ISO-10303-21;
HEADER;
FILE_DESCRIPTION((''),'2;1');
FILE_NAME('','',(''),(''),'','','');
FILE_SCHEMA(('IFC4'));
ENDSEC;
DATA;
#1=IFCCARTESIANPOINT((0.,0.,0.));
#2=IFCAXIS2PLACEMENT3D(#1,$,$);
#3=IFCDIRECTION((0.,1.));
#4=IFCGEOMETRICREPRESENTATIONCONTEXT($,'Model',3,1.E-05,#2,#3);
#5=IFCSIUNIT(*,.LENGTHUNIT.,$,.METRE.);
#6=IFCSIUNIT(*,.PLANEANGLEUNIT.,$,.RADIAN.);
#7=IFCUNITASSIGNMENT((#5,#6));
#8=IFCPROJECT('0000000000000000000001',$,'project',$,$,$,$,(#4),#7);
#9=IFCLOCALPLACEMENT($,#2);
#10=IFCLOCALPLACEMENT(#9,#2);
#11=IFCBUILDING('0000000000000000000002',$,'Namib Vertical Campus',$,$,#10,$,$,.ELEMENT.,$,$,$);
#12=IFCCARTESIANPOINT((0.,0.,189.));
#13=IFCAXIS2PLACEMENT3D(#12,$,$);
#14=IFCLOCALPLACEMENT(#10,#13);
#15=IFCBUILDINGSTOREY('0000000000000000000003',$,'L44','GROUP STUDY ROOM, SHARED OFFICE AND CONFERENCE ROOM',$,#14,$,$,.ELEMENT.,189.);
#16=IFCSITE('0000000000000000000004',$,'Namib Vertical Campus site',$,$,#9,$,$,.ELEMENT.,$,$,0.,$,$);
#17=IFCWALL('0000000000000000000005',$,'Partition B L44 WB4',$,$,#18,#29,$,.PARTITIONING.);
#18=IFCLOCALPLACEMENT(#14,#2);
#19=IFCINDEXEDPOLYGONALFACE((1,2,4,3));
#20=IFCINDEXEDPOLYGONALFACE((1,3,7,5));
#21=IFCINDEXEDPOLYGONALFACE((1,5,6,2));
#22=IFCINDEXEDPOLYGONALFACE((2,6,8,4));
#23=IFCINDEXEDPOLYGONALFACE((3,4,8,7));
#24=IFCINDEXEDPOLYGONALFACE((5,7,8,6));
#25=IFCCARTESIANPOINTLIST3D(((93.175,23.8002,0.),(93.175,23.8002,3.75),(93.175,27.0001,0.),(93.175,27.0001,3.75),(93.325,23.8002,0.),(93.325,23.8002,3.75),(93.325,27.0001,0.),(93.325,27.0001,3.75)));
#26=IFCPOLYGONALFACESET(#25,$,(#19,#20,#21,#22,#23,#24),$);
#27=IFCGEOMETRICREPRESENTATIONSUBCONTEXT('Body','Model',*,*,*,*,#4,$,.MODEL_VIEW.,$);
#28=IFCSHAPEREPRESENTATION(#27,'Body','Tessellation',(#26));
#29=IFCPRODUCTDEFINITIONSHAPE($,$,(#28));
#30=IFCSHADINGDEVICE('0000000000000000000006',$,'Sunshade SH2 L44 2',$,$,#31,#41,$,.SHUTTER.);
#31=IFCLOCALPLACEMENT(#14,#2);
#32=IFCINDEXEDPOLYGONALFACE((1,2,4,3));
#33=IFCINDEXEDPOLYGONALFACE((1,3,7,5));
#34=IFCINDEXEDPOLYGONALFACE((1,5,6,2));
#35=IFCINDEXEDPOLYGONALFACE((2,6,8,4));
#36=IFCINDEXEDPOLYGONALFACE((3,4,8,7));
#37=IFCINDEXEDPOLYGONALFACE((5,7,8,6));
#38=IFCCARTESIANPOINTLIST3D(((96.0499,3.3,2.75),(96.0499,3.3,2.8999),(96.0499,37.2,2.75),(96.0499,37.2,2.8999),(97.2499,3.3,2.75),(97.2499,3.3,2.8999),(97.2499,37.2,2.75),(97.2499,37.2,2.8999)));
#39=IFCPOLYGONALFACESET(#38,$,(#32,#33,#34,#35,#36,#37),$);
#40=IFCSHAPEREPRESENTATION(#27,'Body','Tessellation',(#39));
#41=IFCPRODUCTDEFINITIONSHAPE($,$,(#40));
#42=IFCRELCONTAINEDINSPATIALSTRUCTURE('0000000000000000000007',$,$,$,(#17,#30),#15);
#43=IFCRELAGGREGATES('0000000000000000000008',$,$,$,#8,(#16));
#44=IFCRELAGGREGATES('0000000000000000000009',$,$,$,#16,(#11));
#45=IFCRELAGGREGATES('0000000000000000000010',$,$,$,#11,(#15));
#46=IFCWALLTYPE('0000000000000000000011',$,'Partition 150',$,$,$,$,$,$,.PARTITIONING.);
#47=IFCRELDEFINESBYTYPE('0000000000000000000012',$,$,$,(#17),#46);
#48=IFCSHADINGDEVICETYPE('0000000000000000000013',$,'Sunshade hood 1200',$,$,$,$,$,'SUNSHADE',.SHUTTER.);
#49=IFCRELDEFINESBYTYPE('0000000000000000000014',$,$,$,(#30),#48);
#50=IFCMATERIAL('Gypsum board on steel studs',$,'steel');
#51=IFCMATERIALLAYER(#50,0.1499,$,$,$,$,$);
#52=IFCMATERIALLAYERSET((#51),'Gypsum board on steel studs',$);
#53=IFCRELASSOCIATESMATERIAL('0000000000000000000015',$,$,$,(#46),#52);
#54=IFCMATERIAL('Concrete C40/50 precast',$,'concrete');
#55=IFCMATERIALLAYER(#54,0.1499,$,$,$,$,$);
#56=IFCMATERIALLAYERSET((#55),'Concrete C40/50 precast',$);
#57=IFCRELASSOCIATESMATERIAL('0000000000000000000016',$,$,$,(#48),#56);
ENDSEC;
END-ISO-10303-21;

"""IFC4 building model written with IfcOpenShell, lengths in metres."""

from ifc_helpers import new_model, si_unit, direction, frame, frame_2d, origin, origin_2d, place, context, subcontext, project, spatial, rectangle, extrude, material, layer, layer_set, type_object, element, save


model = new_model("IFC4")

# Units and contexts
model_context = context("Model", 3, precision=1e-05, world=origin(), true_north=direction((0.0, 1.0)))
body_context = subcontext(model_context, "Body", "Model", "MODEL_VIEW")
ifc_project = project(units=[si_unit("LENGTHUNIT", "METRE"), si_unit("PLANEANGLEUNIT", "RADIAN")], contexts=[model_context])

# Site, building, storey
site_placement = place(None, origin())
site = spatial("IfcSite", under=ifc_project, at=site_placement, Name="Namib Vertical Campus site", CompositionType="ELEMENT", RefElevation=0.0)
building_placement = place(site_placement, origin())
building = spatial("IfcBuilding", under=site, at=building_placement, Name="Namib Vertical Campus", CompositionType="ELEMENT")
storey_placement = place(building_placement, frame((0.0, 0.0, 189.0)))
storey = spatial("IfcBuildingStorey", under=building, at=storey_placement, Name="L44", Description="GROUP STUDY ROOM, SHARED OFFICE AND CONFERENCE ROOM", CompositionType="ELEMENT", Elevation=189.0)

# Wall
ifc_material_1 = material(Name="Gypsum board on steel studs", Category="steel")
ifc_layer_1 = layer(ifc_material_1, 0.1499)
ifc_layer_set_1 = layer_set([ifc_layer_1], Name="Gypsum board on steel studs")
wall_type_1 = type_object("IfcWallType", Name="Partition 150", PredefinedType="PARTITIONING", material=ifc_layer_set_1)
wall_1_placement = place(storey_placement, frame((93.25, 23.8, 0.0), z_axis=(0.0, 0.0, 1.0), x_axis=(0.0, 1.0, 0.0)))
element("IfcWall", 1, at=wall_1_placement, inside=storey, type_object=wall_type_1, Name="Partition B L44 WB4", PredefinedType="PARTITIONING", context=body_context, shape_type="SweptSolid", body=[
    extrude(rectangle(XDim=3.2, YDim=0.1499, at=frame_2d((1.6001, 0.0))), origin(), (0.0, 0.0, 1.0), 3.75),
])

# Shading device
ifc_material_2 = material(Name="Concrete C40/50 precast", Category="concrete")
ifc_layer_2 = layer(ifc_material_2, 0.1499)
ifc_layer_set_2 = layer_set([ifc_layer_2], Name="Concrete C40/50 precast")
shading_device_type = type_object("IfcShadingDeviceType", Name="Sunshade hood 1200", ElementType="SUNSHADE", PredefinedType="SHUTTER", material=ifc_layer_set_2)
shading_device_placement = place(storey_placement, frame((96.6499, 20.25, 2.75), z_axis=(0.0, 0.0, 1.0), x_axis=(0.0, 1.0, 0.0)))
element("IfcShadingDevice", 2, at=shading_device_placement, inside=storey, type_object=shading_device_type, Name="Sunshade SH2 L44 2", PredefinedType="SHUTTER", context=body_context, shape_type="SweptSolid", body=[
    extrude(rectangle(XDim=33.8999, YDim=1.2, at=origin_2d()), origin(), (0.0, 0.0, 1.0), 0.1499),
])

save(model, "model.ifc")
